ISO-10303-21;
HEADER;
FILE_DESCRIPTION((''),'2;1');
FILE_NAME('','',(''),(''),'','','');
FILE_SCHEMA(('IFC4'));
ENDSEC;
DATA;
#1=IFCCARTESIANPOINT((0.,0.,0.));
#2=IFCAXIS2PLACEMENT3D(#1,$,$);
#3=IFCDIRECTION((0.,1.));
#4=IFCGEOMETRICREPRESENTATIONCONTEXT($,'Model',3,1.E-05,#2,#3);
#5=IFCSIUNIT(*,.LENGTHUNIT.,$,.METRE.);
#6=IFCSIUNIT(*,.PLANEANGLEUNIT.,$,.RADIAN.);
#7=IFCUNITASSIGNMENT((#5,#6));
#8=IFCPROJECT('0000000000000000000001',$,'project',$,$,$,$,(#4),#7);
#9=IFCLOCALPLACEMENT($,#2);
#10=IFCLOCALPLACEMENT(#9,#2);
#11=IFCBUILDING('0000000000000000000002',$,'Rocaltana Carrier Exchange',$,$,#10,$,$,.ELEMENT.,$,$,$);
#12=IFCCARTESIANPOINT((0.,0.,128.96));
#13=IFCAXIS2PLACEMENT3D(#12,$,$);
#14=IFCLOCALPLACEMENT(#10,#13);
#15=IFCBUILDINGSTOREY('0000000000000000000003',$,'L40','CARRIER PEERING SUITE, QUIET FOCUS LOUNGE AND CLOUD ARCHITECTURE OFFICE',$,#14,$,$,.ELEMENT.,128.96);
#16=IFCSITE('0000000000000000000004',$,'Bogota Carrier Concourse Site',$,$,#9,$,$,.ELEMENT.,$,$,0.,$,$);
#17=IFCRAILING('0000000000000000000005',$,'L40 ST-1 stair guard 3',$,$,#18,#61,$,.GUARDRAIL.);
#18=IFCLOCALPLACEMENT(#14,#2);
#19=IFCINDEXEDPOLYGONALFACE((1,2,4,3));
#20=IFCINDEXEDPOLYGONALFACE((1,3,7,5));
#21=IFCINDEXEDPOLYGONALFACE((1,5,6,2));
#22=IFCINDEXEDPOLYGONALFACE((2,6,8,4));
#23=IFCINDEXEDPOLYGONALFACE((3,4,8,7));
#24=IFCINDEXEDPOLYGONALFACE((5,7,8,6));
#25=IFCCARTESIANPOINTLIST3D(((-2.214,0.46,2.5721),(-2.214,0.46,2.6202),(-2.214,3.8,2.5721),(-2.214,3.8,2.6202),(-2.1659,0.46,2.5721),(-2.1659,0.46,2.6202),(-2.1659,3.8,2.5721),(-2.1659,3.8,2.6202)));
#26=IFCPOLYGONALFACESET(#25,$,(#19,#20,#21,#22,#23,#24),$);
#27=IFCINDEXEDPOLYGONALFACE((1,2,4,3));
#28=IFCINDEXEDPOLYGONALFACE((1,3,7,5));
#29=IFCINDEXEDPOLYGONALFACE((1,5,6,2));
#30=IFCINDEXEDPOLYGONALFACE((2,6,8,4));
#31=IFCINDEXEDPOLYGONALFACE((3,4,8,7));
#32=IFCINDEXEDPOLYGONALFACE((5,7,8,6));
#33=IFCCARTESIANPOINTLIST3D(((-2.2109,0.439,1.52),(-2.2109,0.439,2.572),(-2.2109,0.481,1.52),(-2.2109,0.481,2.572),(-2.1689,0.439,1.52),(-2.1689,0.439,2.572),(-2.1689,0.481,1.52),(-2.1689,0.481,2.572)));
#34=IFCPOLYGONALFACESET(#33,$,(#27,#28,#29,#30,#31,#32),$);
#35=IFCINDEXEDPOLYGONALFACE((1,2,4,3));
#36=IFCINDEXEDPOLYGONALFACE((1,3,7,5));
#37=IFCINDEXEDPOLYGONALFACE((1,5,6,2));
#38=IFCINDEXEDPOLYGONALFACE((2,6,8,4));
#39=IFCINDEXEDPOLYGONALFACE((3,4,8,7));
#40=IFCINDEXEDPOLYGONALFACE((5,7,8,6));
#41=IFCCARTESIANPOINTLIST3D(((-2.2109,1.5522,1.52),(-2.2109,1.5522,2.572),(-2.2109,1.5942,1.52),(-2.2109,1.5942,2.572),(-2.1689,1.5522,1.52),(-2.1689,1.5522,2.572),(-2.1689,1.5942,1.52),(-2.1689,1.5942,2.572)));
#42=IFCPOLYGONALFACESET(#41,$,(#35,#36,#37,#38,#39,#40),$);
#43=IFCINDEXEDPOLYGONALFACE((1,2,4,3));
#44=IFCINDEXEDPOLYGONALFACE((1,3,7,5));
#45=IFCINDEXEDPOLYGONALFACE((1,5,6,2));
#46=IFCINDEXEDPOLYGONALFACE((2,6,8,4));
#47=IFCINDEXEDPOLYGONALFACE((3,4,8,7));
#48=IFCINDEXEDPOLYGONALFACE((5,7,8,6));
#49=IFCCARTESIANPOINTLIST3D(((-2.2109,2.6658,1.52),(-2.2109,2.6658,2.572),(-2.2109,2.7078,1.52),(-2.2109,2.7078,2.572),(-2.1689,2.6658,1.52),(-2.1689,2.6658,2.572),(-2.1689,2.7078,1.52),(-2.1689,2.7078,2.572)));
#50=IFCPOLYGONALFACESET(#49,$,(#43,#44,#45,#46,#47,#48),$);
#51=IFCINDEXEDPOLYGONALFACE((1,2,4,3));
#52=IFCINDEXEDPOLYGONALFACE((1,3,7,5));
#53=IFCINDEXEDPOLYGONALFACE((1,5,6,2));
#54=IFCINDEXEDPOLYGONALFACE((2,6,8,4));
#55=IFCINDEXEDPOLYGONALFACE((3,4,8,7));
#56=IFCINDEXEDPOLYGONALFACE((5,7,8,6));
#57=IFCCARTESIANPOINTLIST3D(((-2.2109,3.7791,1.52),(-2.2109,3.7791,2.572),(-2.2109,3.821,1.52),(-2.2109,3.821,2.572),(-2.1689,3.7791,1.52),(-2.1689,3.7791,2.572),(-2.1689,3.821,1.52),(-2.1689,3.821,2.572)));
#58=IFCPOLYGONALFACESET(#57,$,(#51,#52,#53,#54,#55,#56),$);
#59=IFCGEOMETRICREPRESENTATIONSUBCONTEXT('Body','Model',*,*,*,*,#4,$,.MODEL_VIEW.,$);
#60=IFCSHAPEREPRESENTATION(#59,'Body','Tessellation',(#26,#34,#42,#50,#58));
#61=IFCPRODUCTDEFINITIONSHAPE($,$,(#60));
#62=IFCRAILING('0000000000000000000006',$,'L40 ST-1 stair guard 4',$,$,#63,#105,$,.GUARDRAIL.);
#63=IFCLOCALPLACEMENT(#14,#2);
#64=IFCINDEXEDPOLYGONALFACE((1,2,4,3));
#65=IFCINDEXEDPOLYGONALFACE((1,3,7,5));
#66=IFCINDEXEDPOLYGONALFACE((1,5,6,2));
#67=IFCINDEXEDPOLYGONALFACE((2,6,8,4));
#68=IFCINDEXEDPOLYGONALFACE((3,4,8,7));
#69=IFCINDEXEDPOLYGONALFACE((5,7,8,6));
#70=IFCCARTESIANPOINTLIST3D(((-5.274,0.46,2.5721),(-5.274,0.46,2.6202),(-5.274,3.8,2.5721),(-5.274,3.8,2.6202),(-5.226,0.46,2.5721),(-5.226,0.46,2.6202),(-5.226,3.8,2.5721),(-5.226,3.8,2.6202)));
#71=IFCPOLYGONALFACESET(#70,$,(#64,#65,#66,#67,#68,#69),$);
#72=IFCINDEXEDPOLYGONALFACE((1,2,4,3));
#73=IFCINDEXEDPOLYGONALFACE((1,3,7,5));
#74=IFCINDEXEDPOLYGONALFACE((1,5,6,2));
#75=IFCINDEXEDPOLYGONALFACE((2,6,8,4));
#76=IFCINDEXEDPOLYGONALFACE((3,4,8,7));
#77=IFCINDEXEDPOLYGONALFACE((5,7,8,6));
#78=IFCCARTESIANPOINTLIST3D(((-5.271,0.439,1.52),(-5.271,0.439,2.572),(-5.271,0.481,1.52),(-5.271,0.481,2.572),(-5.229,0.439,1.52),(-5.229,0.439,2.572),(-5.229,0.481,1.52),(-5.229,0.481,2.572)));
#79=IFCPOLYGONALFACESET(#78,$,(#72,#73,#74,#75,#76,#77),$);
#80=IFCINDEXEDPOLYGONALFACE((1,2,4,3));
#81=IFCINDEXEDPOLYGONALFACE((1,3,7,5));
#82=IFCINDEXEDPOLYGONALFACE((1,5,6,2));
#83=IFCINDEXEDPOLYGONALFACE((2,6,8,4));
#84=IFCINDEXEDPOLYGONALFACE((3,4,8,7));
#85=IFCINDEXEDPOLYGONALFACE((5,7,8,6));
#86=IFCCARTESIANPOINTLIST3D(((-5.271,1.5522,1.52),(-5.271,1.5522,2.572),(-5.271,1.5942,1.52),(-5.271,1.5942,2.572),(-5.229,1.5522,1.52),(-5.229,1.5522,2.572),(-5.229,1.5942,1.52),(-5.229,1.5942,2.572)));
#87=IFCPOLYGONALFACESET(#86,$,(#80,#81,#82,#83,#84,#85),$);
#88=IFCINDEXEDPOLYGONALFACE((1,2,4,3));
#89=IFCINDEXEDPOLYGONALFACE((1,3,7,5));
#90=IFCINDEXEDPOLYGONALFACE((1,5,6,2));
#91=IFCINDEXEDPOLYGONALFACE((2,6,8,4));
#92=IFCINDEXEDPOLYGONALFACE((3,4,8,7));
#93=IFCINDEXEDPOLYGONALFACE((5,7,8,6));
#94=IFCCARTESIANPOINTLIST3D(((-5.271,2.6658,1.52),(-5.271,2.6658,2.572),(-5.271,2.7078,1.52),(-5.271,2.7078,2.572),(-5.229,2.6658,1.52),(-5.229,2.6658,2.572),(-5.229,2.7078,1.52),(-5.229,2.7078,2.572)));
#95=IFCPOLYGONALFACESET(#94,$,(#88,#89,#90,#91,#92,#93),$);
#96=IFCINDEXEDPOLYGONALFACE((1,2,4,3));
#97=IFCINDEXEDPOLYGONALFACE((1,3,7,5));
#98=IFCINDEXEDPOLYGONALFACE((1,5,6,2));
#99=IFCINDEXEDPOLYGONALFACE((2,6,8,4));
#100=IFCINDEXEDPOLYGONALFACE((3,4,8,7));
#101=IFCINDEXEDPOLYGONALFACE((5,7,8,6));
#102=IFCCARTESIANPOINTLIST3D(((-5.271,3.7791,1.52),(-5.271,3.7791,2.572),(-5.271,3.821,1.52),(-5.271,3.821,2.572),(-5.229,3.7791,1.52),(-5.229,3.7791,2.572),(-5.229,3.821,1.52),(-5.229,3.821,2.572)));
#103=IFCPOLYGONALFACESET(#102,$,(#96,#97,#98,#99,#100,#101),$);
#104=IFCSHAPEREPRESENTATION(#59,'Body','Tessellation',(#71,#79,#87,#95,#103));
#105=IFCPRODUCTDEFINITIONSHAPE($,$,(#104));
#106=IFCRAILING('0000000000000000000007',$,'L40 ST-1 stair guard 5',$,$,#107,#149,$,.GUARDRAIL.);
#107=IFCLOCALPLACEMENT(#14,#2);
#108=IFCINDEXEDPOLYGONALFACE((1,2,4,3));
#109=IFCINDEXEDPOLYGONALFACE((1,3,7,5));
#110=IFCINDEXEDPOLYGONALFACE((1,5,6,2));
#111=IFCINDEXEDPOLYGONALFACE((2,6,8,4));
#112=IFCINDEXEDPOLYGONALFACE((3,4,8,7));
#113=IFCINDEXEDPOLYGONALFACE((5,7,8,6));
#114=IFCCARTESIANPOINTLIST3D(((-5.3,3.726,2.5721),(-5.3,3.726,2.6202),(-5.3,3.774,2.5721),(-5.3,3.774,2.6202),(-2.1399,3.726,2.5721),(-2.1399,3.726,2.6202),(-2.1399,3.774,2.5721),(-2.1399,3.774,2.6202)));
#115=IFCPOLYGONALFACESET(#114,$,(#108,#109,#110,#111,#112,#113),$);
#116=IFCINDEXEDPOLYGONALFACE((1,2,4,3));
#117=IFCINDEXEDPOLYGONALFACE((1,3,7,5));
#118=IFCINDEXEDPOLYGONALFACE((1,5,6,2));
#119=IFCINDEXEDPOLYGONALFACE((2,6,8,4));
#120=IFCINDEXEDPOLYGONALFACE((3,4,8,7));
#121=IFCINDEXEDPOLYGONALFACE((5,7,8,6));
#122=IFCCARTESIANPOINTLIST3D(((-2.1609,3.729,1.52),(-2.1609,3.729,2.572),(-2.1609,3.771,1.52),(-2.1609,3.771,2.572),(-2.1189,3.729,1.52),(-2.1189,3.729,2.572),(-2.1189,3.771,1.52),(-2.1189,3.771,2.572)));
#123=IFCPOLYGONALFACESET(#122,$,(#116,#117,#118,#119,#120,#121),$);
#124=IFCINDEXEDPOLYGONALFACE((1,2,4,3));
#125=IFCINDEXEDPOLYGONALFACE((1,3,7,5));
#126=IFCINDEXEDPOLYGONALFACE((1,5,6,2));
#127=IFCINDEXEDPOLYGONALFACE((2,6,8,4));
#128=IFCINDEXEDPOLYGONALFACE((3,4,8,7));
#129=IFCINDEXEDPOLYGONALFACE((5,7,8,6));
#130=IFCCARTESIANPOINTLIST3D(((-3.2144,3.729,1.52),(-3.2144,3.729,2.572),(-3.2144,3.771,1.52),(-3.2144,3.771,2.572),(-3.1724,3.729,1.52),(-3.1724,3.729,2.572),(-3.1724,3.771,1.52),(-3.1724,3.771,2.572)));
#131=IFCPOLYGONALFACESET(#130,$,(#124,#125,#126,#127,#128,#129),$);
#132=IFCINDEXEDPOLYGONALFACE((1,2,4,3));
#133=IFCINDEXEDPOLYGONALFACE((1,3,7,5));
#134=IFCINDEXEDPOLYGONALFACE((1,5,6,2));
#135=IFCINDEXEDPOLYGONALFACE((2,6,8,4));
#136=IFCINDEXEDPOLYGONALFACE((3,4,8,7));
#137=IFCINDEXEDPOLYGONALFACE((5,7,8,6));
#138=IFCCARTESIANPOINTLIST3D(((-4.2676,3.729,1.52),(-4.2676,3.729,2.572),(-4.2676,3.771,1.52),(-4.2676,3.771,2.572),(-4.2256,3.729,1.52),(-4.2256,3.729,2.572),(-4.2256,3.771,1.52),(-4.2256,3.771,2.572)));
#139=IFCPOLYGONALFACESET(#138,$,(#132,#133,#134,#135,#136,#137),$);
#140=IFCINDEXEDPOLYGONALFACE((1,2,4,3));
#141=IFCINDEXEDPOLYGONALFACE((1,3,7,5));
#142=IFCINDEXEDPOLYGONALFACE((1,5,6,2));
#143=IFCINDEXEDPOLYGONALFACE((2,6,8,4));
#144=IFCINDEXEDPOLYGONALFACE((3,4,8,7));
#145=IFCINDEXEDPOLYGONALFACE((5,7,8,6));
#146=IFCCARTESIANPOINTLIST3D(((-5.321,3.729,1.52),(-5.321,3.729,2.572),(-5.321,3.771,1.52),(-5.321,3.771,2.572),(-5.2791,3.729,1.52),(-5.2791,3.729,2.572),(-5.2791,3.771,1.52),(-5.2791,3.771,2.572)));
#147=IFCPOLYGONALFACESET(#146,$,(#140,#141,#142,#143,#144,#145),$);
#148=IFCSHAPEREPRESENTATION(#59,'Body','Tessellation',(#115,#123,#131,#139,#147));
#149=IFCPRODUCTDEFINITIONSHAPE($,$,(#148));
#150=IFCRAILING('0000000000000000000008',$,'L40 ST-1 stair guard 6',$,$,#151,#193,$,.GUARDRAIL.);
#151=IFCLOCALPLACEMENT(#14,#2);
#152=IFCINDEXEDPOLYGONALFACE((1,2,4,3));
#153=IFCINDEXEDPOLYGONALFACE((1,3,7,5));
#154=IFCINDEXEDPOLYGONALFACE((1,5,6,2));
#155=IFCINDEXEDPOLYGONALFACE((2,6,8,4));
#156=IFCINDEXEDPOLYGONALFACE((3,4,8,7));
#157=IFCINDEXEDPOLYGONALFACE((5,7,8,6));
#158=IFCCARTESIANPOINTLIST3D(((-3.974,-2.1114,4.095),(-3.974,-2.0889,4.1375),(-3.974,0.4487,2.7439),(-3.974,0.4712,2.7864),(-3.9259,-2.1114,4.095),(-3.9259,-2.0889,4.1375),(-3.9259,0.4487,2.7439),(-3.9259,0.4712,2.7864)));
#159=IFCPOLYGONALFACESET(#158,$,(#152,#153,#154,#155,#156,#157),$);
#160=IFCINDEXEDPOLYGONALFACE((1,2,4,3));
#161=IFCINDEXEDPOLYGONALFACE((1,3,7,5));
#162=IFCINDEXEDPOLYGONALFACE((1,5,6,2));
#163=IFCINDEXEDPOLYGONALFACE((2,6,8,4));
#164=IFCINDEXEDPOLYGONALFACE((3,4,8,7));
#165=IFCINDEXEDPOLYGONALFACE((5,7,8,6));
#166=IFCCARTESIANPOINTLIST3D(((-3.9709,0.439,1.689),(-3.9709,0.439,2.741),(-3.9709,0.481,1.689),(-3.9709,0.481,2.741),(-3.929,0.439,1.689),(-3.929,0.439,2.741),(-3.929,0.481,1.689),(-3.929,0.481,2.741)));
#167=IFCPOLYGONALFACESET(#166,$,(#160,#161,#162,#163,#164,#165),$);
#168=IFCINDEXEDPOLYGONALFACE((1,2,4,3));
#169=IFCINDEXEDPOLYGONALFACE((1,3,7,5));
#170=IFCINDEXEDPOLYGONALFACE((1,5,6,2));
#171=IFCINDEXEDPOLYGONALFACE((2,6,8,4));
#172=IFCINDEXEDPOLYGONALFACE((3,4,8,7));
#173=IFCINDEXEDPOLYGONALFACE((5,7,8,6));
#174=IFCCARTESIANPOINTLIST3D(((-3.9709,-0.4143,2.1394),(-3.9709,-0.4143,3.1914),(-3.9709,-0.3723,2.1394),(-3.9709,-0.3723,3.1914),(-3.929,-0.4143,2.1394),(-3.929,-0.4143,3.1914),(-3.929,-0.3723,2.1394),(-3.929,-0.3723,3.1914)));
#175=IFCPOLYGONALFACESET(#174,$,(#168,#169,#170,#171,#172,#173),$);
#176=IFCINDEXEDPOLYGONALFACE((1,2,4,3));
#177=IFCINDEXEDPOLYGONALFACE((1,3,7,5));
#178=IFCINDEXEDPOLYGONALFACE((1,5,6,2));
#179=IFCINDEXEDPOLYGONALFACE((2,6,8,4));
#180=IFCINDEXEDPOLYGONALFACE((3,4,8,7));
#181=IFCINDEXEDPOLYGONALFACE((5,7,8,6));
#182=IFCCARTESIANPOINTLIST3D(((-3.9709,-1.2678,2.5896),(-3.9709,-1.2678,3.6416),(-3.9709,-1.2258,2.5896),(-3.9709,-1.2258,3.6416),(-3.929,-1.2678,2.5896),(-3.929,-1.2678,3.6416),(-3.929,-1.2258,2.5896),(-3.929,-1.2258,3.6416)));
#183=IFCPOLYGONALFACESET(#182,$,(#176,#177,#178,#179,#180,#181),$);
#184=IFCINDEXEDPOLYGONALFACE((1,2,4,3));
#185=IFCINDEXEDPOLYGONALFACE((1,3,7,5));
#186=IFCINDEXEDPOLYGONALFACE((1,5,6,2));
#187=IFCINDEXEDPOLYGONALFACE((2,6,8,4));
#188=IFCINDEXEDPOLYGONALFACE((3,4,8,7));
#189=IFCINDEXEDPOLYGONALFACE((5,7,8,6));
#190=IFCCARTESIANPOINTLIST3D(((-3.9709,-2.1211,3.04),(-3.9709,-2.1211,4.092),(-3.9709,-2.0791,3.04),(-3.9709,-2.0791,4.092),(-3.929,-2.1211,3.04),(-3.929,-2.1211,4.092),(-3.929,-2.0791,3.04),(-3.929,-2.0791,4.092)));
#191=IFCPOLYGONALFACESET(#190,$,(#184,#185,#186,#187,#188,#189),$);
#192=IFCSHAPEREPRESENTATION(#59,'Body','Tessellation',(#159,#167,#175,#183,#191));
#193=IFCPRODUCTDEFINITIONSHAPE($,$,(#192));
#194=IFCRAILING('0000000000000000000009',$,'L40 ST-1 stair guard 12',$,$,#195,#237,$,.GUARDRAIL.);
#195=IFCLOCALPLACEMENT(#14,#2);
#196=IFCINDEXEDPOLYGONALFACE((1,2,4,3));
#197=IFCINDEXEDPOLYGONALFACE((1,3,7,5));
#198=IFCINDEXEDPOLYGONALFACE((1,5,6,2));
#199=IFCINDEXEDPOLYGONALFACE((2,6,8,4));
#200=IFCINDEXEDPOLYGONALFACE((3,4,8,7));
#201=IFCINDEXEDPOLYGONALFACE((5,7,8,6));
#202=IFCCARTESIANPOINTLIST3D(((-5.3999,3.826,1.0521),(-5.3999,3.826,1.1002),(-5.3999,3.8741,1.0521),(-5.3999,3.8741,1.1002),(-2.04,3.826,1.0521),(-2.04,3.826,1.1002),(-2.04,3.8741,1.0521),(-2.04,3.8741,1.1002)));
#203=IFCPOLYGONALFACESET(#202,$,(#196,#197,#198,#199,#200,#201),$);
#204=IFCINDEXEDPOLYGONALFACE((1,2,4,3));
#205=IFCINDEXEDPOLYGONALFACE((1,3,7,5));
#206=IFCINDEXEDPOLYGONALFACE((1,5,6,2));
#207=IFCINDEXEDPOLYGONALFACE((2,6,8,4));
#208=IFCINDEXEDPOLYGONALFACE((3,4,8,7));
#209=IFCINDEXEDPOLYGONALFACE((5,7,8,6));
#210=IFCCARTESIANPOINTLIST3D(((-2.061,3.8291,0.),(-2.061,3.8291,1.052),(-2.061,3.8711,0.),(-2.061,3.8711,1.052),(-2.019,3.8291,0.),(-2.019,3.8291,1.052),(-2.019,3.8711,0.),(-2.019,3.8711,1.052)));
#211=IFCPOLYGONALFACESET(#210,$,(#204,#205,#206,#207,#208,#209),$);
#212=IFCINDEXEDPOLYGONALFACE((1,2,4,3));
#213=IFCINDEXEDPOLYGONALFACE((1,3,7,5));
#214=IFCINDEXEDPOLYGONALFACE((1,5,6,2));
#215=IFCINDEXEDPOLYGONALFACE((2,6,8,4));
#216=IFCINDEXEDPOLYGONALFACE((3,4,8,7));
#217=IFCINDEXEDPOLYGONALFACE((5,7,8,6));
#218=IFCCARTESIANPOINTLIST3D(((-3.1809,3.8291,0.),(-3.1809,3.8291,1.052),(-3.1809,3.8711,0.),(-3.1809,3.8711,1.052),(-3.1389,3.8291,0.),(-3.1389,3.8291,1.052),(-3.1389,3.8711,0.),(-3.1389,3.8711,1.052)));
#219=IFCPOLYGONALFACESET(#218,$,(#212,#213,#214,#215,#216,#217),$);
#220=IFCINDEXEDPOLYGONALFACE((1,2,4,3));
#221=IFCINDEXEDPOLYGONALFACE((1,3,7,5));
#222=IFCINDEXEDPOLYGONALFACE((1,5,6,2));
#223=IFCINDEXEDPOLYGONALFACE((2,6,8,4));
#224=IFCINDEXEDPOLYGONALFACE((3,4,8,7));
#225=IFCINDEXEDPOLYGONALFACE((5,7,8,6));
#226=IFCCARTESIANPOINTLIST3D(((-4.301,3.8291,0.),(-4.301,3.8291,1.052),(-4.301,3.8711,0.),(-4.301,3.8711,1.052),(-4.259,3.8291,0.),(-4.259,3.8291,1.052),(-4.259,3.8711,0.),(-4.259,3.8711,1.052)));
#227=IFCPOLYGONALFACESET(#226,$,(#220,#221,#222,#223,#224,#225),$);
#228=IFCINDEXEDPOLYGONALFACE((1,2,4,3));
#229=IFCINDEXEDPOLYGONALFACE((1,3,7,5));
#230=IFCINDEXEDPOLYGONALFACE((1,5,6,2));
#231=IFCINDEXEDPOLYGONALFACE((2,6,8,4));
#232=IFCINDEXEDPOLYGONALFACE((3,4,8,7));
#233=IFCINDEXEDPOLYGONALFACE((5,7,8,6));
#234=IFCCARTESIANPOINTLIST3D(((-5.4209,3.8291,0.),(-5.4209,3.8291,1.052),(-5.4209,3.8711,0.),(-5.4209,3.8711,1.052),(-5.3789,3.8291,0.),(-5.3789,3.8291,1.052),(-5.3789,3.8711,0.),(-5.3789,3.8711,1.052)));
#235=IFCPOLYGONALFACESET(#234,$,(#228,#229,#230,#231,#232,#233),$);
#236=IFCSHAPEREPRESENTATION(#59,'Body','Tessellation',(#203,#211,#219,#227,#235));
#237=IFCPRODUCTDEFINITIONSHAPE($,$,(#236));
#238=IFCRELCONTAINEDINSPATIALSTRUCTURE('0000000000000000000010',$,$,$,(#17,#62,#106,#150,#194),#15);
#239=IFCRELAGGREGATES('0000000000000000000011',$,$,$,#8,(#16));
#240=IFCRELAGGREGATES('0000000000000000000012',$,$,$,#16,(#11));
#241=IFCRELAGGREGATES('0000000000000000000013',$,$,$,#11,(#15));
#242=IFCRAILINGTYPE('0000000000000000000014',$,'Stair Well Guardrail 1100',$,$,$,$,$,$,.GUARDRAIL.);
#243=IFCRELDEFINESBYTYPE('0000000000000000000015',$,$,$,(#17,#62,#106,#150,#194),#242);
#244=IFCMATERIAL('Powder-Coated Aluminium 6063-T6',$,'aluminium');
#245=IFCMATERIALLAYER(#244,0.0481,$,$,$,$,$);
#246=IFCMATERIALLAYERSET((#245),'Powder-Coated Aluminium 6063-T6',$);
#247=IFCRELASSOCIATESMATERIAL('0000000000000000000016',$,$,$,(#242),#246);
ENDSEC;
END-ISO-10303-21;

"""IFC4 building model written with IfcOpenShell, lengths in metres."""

from ifc_helpers import new_model, si_unit, direction, frame, origin, origin_2d, place, context, subcontext, project, spatial, rectangle, extrude, material, layer, layer_set, type_object, element, save


model = new_model("IFC4")

# Units and contexts
model_context = context("Model", 3, precision=1e-05, world=origin(), true_north=direction((0.0, 1.0)))
body_context = subcontext(model_context, "Body", "Model", "MODEL_VIEW")
ifc_project = project(units=[si_unit("LENGTHUNIT", "METRE"), si_unit("PLANEANGLEUNIT", "RADIAN")], contexts=[model_context])

# Site, building, storey
site_placement = place(None, origin())
site = spatial("IfcSite", under=ifc_project, at=site_placement, Name="Bogota Carrier Concourse Site", CompositionType="ELEMENT", RefElevation=0.0)
building_placement = place(site_placement, origin())
building = spatial("IfcBuilding", under=site, at=building_placement, Name="Rocaltana Carrier Exchange", CompositionType="ELEMENT")
storey_placement = place(building_placement, frame((0.0, 0.0, 128.96)))
storey = spatial("IfcBuildingStorey", under=building, at=storey_placement, Name="L40", Description="CARRIER PEERING SUITE, QUIET FOCUS LOUNGE AND CLOUD ARCHITECTURE OFFICE", CompositionType="ELEMENT", Elevation=128.96)

# Railings
ifc_material_1 = material(Name="Powder-Coated Aluminium 6063-T6", Category="aluminium")
ifc_layer_1 = layer(ifc_material_1, 0.0481)
ifc_layer_set_1 = layer_set([ifc_layer_1], Name="Powder-Coated Aluminium 6063-T6")
railing_type_1 = type_object("IfcRailingType", Name="Stair Well Guardrail 1100", PredefinedType="GUARDRAIL", material=ifc_layer_set_1)
for number, where, name in (
    (1, (-2.1899, 0.46, 1.52), "L40 ST-1 stair guard 3"),
    (2, (-5.25, 0.46, 1.52), "L40 ST-1 stair guard 4"),
):
    element("IfcRailing", number, at=place(storey_placement, frame(where)), inside=storey, type_object=railing_type_1, Name=name, PredefinedType="GUARDRAIL", context=body_context, shape_type="SweptSolid", body=[
        extrude(rectangle(XDim=0.0481, YDim=0.0481, at=origin_2d()), frame((0.0, 0.0, 1.0762), z_axis=(0.0, 1.0, 0.0), x_axis=(-1.0, 0.0, 0.0)), (0.0, 0.0, 1.0), 3.3401),
        extrude(rectangle(XDim=0.042, YDim=0.042, at=origin_2d()), origin(), (0.0, 0.0, 1.0), 1.052),
        extrude(rectangle(XDim=0.042, YDim=0.042, at=origin_2d()), frame((0.0, 1.1133, 0.0)), (0.0, 0.0, 1.0), 1.052),
        extrude(rectangle(XDim=0.042, YDim=0.042, at=origin_2d()), frame((0.0, 2.2268, 0.0)), (0.0, 0.0, 1.0), 1.052),
        extrude(rectangle(XDim=0.042, YDim=0.042, at=origin_2d()), frame((0.0, 3.3401, 0.0)), (0.0, 0.0, 1.0), 1.052),
    ])
railing_1_placement = place(storey_placement, frame((-2.1399, 3.75, 1.52)))
element("IfcRailing", 3, at=railing_1_placement, inside=storey, type_object=railing_type_1, Name="L40 ST-1 stair guard 5", PredefinedType="GUARDRAIL", context=body_context, shape_type="SweptSolid", body=[
    extrude(rectangle(XDim=0.0481, YDim=0.0481, at=origin_2d()), frame((0.0, 0.0, 1.0762), z_axis=(-1.0, 0.0, 0.0), x_axis=(0.0, -1.0, 0.0)), (0.0, 0.0, 1.0), 3.1602),
    extrude(rectangle(XDim=0.042, YDim=0.042, at=origin_2d()), origin(), (0.0, 0.0, 1.0), 1.052),
    extrude(rectangle(XDim=0.042, YDim=0.042, at=origin_2d()), frame((-1.0535, 0.0, 0.0)), (0.0, 0.0, 1.0), 1.052),
    extrude(rectangle(XDim=0.042, YDim=0.042, at=origin_2d()), frame((-2.1067, 0.0, 0.0)), (0.0, 0.0, 1.0), 1.052),
    extrude(rectangle(XDim=0.042, YDim=0.042, at=origin_2d()), frame((-3.1602, 0.0, 0.0)), (0.0, 0.0, 1.0), 1.052),
])
railing_2_placement = place(storey_placement, frame((-3.95, 0.46, 1.689)))
element("IfcRailing", 4, at=railing_2_placement, inside=storey, type_object=railing_type_1, Name="L40 ST-1 stair guard 6", PredefinedType="GUARDRAIL", context=body_context, shape_type="SweptSolid", body=[
    extrude(rectangle(XDim=0.0481, YDim=0.0481, at=origin_2d()), frame((0.0, 0.0, 1.0762), z_axis=(0.0, -0.884394, 0.46674), x_axis=(1.0, 0.0, 0.0)), (0.0, 0.0, 1.0), 2.8948),
    extrude(rectangle(XDim=0.042, YDim=0.042, at=origin_2d()), origin(), (0.0, 0.0, 1.0), 1.052),
    extrude(rectangle(XDim=0.042, YDim=0.042, at=origin_2d()), frame((0.0, -0.8533, 0.4504)), (0.0, 0.0, 1.0), 1.052),
    extrude(rectangle(XDim=0.042, YDim=0.042, at=origin_2d()), frame((0.0, -1.7068, 0.9006)), (0.0, 0.0, 1.0), 1.052),
    extrude(rectangle(XDim=0.042, YDim=0.042, at=origin_2d()), frame((0.0, -2.5601, 1.3511)), (0.0, 0.0, 1.0), 1.052),
])
railing_3_placement = place(storey_placement, frame((-2.04, 3.8501, 0.0)))
element("IfcRailing", 5, at=railing_3_placement, inside=storey, type_object=railing_type_1, Name="L40 ST-1 stair guard 12", PredefinedType="GUARDRAIL", context=body_context, shape_type="SweptSolid", body=[
    extrude(rectangle(XDim=0.0481, YDim=0.0481, at=origin_2d()), frame((0.0, 0.0, 1.0762), z_axis=(-1.0, 0.0, 0.0), x_axis=(0.0, -1.0, 0.0)), (0.0, 0.0, 1.0), 3.3599),
    extrude(rectangle(XDim=0.042, YDim=0.042, at=origin_2d()), origin(), (0.0, 0.0, 1.0), 1.052),
    extrude(rectangle(XDim=0.042, YDim=0.042, at=origin_2d()), frame((-1.1199, 0.0, 0.0)), (0.0, 0.0, 1.0), 1.052),
    extrude(rectangle(XDim=0.042, YDim=0.042, at=origin_2d()), frame((-2.24, 0.0, 0.0)), (0.0, 0.0, 1.0), 1.052),
    extrude(rectangle(XDim=0.042, YDim=0.042, at=origin_2d()), frame((-3.3599, 0.0, 0.0)), (0.0, 0.0, 1.0), 1.052),
])

save(model, "model.ifc")
